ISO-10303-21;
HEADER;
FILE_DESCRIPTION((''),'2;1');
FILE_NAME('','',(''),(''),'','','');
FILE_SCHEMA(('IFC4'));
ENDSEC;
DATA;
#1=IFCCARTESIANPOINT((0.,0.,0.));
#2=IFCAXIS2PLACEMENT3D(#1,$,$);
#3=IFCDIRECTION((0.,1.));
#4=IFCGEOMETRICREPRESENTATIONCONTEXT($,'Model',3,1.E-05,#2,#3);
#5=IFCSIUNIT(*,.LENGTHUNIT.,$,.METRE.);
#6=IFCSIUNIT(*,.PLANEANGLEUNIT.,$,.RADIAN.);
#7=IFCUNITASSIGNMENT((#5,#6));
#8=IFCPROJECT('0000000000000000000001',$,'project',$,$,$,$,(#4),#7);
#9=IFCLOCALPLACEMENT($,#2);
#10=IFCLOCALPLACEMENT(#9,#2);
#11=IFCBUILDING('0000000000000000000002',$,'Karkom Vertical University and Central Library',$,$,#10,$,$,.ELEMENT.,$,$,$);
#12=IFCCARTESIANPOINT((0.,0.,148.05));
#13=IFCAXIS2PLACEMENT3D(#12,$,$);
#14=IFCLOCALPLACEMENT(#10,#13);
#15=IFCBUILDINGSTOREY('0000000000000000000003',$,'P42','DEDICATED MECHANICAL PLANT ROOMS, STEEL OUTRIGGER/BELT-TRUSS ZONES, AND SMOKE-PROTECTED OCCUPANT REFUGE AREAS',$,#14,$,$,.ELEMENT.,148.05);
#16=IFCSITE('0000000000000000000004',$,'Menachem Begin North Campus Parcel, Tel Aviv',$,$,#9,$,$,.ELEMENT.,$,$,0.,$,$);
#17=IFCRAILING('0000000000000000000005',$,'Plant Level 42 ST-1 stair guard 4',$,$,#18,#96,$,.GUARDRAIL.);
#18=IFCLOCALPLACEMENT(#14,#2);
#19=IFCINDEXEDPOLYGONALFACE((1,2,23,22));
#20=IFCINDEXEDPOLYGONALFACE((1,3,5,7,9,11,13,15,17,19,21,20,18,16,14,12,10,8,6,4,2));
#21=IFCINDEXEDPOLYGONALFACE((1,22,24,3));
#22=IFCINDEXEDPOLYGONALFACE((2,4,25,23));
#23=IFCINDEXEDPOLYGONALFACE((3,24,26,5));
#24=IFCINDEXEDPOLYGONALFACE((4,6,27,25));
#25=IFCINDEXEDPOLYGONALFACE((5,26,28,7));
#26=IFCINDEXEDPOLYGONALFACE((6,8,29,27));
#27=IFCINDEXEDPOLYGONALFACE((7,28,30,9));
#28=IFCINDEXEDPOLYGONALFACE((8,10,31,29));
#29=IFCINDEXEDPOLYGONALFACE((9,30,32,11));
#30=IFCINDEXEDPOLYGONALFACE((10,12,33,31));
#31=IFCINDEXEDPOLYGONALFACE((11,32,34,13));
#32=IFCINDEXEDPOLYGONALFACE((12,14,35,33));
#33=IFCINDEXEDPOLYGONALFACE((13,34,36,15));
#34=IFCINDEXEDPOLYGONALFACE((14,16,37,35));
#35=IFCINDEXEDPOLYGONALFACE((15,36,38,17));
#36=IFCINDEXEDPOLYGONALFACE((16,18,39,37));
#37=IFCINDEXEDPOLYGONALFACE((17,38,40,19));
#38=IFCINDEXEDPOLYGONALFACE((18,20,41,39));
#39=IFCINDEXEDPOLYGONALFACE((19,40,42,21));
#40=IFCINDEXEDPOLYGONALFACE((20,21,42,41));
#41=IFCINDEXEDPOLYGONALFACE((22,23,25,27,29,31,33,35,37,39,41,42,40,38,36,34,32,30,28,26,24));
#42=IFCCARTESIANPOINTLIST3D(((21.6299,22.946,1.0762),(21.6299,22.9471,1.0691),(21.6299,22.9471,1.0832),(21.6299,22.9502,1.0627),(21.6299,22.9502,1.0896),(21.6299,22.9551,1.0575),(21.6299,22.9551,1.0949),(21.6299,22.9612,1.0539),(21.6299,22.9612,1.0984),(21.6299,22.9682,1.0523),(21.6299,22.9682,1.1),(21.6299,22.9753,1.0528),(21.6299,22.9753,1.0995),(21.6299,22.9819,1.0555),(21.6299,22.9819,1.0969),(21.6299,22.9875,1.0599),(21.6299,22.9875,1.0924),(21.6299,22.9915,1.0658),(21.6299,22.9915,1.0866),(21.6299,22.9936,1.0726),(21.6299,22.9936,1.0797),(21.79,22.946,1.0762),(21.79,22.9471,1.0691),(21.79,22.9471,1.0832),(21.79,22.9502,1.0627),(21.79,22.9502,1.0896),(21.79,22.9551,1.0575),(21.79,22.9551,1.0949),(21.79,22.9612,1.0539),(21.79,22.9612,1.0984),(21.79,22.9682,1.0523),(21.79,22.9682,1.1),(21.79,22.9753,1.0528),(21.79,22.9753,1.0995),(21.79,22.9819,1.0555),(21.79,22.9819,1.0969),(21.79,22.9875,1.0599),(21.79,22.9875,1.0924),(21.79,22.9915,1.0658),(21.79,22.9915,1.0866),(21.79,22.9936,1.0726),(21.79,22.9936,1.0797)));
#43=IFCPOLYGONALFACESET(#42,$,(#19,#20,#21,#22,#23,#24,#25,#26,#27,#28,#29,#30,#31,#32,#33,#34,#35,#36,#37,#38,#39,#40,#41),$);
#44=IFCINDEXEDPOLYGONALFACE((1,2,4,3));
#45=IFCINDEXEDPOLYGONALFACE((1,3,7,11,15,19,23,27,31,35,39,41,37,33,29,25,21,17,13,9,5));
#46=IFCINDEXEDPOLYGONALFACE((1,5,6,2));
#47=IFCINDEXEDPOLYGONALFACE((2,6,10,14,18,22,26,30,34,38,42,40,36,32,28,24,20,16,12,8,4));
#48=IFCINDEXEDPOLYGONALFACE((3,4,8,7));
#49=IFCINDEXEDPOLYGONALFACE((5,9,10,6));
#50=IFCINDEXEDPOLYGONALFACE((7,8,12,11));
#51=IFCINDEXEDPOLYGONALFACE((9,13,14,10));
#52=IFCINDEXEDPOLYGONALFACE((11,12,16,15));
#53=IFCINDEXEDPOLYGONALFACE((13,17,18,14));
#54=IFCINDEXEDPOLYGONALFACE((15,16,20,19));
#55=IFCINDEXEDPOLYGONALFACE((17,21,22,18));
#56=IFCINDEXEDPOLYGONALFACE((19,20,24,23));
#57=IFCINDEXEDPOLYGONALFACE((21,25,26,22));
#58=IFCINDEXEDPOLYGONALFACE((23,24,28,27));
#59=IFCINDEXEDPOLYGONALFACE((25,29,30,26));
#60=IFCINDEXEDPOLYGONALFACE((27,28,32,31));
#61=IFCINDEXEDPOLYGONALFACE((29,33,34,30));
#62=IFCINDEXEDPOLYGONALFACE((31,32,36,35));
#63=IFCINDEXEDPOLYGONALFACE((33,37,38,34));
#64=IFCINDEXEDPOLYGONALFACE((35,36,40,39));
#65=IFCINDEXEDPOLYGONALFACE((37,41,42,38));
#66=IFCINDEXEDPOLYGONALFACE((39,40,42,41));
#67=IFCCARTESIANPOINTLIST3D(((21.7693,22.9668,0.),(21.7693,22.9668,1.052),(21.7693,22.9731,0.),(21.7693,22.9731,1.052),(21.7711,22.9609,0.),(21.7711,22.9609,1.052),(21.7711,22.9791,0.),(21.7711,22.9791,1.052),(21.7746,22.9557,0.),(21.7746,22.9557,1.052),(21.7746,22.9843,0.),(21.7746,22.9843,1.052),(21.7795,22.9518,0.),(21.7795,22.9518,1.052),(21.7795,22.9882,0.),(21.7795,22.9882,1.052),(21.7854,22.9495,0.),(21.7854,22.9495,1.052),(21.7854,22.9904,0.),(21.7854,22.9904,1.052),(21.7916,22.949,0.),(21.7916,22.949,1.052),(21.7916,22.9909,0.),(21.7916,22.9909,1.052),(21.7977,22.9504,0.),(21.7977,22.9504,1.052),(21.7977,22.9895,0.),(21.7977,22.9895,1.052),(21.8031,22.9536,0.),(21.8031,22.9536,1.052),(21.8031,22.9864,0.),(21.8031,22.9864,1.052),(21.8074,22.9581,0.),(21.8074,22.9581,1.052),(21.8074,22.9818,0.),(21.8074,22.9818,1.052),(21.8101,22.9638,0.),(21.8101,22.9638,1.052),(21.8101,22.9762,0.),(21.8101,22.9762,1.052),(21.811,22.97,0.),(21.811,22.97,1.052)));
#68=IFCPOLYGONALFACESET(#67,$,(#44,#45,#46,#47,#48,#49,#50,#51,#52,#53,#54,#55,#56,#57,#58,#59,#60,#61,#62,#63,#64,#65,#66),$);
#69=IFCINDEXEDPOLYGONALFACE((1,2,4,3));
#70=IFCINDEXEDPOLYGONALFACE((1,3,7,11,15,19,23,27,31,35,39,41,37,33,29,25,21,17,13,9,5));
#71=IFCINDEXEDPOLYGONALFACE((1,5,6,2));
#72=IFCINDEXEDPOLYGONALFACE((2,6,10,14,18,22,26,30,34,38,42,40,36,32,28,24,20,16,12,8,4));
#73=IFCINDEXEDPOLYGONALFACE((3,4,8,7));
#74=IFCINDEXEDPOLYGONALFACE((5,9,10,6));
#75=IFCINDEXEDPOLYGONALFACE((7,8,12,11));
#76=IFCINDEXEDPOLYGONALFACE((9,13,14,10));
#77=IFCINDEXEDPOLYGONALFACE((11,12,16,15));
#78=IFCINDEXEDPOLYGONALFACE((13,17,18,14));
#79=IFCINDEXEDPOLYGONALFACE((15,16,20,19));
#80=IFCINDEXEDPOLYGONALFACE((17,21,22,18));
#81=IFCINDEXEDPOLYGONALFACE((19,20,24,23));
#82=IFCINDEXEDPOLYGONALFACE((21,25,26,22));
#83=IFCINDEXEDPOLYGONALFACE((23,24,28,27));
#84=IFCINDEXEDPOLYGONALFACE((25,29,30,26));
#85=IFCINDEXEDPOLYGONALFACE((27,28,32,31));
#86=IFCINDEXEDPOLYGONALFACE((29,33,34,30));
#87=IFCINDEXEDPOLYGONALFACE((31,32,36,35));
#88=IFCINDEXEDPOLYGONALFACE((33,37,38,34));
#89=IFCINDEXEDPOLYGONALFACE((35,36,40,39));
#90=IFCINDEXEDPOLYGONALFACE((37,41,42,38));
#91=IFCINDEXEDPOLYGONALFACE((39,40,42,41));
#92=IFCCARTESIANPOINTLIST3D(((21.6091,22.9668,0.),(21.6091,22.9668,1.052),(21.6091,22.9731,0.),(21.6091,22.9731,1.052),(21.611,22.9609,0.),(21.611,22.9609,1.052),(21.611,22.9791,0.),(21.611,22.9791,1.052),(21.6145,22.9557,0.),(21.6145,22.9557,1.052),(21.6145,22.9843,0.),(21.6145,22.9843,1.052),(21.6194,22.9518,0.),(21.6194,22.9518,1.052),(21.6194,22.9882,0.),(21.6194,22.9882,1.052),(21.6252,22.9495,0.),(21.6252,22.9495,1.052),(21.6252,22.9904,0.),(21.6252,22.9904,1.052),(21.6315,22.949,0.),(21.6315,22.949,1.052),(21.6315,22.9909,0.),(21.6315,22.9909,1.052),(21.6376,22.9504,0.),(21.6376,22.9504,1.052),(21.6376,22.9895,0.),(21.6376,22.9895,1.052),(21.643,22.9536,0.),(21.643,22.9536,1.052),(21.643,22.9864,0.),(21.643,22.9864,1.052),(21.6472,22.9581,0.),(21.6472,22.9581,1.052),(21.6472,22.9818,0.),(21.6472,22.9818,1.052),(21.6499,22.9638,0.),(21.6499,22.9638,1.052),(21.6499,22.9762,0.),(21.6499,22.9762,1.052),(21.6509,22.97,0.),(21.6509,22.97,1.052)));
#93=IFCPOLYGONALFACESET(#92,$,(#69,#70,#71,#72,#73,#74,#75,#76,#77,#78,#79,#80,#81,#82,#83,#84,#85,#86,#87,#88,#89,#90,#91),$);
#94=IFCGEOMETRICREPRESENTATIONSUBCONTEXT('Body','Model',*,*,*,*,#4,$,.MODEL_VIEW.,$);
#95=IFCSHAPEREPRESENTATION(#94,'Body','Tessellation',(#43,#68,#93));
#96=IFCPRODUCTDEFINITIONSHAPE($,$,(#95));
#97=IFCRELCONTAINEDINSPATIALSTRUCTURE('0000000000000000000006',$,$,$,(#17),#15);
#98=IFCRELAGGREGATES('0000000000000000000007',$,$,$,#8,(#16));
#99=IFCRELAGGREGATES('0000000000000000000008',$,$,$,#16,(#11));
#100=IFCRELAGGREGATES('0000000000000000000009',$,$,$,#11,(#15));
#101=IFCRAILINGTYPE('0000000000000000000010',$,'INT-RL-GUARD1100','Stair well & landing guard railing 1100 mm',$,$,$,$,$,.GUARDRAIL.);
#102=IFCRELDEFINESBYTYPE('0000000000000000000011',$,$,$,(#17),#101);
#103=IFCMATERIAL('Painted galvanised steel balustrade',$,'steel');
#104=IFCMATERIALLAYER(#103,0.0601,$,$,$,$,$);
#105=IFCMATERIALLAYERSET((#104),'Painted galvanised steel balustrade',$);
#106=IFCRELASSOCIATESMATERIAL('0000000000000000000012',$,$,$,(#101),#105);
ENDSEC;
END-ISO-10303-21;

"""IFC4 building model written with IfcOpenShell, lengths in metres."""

from ifc_helpers import new_model, si_unit, direction, frame, origin, origin_2d, place, context, subcontext, project, spatial, circle, extrude, material, layer, layer_set, type_object, element, save


model = new_model("IFC4")

# Units and contexts
model_context = context("Model", 3, precision=1e-05, world=origin(), true_north=direction((0.0, 1.0)))
body_context = subcontext(model_context, "Body", "Model", "MODEL_VIEW")
ifc_project = project(units=[si_unit("LENGTHUNIT", "METRE"), si_unit("PLANEANGLEUNIT", "RADIAN")], contexts=[model_context])

# Site, building, storey
site_placement = place(None, origin())
site = spatial("IfcSite", under=ifc_project, at=site_placement, Name="Menachem Begin North Campus Parcel, Tel Aviv", CompositionType="ELEMENT", RefElevation=0.0)
building_placement = place(site_placement, origin())
building = spatial("IfcBuilding", under=site, at=building_placement, Name="Karkom Vertical University and Central Library", CompositionType="ELEMENT")
storey_placement = place(building_placement, frame((0.0, 0.0, 148.05)))
storey = spatial("IfcBuildingStorey", under=building, at=storey_placement, Name="P42", Description="DEDICATED MECHANICAL PLANT ROOMS, STEEL OUTRIGGER/BELT-TRUSS ZONES, AND SMOKE-PROTECTED OCCUPANT REFUGE AREAS", CompositionType="ELEMENT", Elevation=148.05)

# Railing
ifc_material_1 = material(Name="Painted galvanised steel balustrade", Category="steel")
ifc_layer_1 = layer(ifc_material_1, 0.0601)
ifc_layer_set_1 = layer_set([ifc_layer_1], Name="Painted galvanised steel balustrade")
railing_type_1 = type_object("IfcRailingType", Name="INT-RL-GUARD1100", Description="Stair well & landing guard railing 1100 mm", PredefinedType="GUARDRAIL", material=ifc_layer_set_1)
railing_1_placement = place(storey_placement, frame((21.79, 22.97, 0.0)))
element("IfcRailing", 1, at=railing_1_placement, inside=storey, type_object=railing_type_1, Name="Plant Level 42 ST-1 stair guard 4", PredefinedType="GUARDRAIL", context=body_context, shape_type="SweptSolid", body=[
    extrude(circle(Radius=0.0239, at=origin_2d()), frame((0.0, 0.0, 1.0762), z_axis=(-1.0, 0.0, 0.0), x_axis=(0.0, -1.0, 0.0)), (0.0, 0.0, 1.0), 0.1602),
    extrude(circle(Radius=0.021, at=origin_2d()), origin(), (0.0, 0.0, 1.0), 1.052),
    extrude(circle(Radius=0.021, at=origin_2d()), frame((-0.1602, 0.0, 0.0)), (0.0, 0.0, 1.0), 1.052),
])

save(model, "model.ifc")
